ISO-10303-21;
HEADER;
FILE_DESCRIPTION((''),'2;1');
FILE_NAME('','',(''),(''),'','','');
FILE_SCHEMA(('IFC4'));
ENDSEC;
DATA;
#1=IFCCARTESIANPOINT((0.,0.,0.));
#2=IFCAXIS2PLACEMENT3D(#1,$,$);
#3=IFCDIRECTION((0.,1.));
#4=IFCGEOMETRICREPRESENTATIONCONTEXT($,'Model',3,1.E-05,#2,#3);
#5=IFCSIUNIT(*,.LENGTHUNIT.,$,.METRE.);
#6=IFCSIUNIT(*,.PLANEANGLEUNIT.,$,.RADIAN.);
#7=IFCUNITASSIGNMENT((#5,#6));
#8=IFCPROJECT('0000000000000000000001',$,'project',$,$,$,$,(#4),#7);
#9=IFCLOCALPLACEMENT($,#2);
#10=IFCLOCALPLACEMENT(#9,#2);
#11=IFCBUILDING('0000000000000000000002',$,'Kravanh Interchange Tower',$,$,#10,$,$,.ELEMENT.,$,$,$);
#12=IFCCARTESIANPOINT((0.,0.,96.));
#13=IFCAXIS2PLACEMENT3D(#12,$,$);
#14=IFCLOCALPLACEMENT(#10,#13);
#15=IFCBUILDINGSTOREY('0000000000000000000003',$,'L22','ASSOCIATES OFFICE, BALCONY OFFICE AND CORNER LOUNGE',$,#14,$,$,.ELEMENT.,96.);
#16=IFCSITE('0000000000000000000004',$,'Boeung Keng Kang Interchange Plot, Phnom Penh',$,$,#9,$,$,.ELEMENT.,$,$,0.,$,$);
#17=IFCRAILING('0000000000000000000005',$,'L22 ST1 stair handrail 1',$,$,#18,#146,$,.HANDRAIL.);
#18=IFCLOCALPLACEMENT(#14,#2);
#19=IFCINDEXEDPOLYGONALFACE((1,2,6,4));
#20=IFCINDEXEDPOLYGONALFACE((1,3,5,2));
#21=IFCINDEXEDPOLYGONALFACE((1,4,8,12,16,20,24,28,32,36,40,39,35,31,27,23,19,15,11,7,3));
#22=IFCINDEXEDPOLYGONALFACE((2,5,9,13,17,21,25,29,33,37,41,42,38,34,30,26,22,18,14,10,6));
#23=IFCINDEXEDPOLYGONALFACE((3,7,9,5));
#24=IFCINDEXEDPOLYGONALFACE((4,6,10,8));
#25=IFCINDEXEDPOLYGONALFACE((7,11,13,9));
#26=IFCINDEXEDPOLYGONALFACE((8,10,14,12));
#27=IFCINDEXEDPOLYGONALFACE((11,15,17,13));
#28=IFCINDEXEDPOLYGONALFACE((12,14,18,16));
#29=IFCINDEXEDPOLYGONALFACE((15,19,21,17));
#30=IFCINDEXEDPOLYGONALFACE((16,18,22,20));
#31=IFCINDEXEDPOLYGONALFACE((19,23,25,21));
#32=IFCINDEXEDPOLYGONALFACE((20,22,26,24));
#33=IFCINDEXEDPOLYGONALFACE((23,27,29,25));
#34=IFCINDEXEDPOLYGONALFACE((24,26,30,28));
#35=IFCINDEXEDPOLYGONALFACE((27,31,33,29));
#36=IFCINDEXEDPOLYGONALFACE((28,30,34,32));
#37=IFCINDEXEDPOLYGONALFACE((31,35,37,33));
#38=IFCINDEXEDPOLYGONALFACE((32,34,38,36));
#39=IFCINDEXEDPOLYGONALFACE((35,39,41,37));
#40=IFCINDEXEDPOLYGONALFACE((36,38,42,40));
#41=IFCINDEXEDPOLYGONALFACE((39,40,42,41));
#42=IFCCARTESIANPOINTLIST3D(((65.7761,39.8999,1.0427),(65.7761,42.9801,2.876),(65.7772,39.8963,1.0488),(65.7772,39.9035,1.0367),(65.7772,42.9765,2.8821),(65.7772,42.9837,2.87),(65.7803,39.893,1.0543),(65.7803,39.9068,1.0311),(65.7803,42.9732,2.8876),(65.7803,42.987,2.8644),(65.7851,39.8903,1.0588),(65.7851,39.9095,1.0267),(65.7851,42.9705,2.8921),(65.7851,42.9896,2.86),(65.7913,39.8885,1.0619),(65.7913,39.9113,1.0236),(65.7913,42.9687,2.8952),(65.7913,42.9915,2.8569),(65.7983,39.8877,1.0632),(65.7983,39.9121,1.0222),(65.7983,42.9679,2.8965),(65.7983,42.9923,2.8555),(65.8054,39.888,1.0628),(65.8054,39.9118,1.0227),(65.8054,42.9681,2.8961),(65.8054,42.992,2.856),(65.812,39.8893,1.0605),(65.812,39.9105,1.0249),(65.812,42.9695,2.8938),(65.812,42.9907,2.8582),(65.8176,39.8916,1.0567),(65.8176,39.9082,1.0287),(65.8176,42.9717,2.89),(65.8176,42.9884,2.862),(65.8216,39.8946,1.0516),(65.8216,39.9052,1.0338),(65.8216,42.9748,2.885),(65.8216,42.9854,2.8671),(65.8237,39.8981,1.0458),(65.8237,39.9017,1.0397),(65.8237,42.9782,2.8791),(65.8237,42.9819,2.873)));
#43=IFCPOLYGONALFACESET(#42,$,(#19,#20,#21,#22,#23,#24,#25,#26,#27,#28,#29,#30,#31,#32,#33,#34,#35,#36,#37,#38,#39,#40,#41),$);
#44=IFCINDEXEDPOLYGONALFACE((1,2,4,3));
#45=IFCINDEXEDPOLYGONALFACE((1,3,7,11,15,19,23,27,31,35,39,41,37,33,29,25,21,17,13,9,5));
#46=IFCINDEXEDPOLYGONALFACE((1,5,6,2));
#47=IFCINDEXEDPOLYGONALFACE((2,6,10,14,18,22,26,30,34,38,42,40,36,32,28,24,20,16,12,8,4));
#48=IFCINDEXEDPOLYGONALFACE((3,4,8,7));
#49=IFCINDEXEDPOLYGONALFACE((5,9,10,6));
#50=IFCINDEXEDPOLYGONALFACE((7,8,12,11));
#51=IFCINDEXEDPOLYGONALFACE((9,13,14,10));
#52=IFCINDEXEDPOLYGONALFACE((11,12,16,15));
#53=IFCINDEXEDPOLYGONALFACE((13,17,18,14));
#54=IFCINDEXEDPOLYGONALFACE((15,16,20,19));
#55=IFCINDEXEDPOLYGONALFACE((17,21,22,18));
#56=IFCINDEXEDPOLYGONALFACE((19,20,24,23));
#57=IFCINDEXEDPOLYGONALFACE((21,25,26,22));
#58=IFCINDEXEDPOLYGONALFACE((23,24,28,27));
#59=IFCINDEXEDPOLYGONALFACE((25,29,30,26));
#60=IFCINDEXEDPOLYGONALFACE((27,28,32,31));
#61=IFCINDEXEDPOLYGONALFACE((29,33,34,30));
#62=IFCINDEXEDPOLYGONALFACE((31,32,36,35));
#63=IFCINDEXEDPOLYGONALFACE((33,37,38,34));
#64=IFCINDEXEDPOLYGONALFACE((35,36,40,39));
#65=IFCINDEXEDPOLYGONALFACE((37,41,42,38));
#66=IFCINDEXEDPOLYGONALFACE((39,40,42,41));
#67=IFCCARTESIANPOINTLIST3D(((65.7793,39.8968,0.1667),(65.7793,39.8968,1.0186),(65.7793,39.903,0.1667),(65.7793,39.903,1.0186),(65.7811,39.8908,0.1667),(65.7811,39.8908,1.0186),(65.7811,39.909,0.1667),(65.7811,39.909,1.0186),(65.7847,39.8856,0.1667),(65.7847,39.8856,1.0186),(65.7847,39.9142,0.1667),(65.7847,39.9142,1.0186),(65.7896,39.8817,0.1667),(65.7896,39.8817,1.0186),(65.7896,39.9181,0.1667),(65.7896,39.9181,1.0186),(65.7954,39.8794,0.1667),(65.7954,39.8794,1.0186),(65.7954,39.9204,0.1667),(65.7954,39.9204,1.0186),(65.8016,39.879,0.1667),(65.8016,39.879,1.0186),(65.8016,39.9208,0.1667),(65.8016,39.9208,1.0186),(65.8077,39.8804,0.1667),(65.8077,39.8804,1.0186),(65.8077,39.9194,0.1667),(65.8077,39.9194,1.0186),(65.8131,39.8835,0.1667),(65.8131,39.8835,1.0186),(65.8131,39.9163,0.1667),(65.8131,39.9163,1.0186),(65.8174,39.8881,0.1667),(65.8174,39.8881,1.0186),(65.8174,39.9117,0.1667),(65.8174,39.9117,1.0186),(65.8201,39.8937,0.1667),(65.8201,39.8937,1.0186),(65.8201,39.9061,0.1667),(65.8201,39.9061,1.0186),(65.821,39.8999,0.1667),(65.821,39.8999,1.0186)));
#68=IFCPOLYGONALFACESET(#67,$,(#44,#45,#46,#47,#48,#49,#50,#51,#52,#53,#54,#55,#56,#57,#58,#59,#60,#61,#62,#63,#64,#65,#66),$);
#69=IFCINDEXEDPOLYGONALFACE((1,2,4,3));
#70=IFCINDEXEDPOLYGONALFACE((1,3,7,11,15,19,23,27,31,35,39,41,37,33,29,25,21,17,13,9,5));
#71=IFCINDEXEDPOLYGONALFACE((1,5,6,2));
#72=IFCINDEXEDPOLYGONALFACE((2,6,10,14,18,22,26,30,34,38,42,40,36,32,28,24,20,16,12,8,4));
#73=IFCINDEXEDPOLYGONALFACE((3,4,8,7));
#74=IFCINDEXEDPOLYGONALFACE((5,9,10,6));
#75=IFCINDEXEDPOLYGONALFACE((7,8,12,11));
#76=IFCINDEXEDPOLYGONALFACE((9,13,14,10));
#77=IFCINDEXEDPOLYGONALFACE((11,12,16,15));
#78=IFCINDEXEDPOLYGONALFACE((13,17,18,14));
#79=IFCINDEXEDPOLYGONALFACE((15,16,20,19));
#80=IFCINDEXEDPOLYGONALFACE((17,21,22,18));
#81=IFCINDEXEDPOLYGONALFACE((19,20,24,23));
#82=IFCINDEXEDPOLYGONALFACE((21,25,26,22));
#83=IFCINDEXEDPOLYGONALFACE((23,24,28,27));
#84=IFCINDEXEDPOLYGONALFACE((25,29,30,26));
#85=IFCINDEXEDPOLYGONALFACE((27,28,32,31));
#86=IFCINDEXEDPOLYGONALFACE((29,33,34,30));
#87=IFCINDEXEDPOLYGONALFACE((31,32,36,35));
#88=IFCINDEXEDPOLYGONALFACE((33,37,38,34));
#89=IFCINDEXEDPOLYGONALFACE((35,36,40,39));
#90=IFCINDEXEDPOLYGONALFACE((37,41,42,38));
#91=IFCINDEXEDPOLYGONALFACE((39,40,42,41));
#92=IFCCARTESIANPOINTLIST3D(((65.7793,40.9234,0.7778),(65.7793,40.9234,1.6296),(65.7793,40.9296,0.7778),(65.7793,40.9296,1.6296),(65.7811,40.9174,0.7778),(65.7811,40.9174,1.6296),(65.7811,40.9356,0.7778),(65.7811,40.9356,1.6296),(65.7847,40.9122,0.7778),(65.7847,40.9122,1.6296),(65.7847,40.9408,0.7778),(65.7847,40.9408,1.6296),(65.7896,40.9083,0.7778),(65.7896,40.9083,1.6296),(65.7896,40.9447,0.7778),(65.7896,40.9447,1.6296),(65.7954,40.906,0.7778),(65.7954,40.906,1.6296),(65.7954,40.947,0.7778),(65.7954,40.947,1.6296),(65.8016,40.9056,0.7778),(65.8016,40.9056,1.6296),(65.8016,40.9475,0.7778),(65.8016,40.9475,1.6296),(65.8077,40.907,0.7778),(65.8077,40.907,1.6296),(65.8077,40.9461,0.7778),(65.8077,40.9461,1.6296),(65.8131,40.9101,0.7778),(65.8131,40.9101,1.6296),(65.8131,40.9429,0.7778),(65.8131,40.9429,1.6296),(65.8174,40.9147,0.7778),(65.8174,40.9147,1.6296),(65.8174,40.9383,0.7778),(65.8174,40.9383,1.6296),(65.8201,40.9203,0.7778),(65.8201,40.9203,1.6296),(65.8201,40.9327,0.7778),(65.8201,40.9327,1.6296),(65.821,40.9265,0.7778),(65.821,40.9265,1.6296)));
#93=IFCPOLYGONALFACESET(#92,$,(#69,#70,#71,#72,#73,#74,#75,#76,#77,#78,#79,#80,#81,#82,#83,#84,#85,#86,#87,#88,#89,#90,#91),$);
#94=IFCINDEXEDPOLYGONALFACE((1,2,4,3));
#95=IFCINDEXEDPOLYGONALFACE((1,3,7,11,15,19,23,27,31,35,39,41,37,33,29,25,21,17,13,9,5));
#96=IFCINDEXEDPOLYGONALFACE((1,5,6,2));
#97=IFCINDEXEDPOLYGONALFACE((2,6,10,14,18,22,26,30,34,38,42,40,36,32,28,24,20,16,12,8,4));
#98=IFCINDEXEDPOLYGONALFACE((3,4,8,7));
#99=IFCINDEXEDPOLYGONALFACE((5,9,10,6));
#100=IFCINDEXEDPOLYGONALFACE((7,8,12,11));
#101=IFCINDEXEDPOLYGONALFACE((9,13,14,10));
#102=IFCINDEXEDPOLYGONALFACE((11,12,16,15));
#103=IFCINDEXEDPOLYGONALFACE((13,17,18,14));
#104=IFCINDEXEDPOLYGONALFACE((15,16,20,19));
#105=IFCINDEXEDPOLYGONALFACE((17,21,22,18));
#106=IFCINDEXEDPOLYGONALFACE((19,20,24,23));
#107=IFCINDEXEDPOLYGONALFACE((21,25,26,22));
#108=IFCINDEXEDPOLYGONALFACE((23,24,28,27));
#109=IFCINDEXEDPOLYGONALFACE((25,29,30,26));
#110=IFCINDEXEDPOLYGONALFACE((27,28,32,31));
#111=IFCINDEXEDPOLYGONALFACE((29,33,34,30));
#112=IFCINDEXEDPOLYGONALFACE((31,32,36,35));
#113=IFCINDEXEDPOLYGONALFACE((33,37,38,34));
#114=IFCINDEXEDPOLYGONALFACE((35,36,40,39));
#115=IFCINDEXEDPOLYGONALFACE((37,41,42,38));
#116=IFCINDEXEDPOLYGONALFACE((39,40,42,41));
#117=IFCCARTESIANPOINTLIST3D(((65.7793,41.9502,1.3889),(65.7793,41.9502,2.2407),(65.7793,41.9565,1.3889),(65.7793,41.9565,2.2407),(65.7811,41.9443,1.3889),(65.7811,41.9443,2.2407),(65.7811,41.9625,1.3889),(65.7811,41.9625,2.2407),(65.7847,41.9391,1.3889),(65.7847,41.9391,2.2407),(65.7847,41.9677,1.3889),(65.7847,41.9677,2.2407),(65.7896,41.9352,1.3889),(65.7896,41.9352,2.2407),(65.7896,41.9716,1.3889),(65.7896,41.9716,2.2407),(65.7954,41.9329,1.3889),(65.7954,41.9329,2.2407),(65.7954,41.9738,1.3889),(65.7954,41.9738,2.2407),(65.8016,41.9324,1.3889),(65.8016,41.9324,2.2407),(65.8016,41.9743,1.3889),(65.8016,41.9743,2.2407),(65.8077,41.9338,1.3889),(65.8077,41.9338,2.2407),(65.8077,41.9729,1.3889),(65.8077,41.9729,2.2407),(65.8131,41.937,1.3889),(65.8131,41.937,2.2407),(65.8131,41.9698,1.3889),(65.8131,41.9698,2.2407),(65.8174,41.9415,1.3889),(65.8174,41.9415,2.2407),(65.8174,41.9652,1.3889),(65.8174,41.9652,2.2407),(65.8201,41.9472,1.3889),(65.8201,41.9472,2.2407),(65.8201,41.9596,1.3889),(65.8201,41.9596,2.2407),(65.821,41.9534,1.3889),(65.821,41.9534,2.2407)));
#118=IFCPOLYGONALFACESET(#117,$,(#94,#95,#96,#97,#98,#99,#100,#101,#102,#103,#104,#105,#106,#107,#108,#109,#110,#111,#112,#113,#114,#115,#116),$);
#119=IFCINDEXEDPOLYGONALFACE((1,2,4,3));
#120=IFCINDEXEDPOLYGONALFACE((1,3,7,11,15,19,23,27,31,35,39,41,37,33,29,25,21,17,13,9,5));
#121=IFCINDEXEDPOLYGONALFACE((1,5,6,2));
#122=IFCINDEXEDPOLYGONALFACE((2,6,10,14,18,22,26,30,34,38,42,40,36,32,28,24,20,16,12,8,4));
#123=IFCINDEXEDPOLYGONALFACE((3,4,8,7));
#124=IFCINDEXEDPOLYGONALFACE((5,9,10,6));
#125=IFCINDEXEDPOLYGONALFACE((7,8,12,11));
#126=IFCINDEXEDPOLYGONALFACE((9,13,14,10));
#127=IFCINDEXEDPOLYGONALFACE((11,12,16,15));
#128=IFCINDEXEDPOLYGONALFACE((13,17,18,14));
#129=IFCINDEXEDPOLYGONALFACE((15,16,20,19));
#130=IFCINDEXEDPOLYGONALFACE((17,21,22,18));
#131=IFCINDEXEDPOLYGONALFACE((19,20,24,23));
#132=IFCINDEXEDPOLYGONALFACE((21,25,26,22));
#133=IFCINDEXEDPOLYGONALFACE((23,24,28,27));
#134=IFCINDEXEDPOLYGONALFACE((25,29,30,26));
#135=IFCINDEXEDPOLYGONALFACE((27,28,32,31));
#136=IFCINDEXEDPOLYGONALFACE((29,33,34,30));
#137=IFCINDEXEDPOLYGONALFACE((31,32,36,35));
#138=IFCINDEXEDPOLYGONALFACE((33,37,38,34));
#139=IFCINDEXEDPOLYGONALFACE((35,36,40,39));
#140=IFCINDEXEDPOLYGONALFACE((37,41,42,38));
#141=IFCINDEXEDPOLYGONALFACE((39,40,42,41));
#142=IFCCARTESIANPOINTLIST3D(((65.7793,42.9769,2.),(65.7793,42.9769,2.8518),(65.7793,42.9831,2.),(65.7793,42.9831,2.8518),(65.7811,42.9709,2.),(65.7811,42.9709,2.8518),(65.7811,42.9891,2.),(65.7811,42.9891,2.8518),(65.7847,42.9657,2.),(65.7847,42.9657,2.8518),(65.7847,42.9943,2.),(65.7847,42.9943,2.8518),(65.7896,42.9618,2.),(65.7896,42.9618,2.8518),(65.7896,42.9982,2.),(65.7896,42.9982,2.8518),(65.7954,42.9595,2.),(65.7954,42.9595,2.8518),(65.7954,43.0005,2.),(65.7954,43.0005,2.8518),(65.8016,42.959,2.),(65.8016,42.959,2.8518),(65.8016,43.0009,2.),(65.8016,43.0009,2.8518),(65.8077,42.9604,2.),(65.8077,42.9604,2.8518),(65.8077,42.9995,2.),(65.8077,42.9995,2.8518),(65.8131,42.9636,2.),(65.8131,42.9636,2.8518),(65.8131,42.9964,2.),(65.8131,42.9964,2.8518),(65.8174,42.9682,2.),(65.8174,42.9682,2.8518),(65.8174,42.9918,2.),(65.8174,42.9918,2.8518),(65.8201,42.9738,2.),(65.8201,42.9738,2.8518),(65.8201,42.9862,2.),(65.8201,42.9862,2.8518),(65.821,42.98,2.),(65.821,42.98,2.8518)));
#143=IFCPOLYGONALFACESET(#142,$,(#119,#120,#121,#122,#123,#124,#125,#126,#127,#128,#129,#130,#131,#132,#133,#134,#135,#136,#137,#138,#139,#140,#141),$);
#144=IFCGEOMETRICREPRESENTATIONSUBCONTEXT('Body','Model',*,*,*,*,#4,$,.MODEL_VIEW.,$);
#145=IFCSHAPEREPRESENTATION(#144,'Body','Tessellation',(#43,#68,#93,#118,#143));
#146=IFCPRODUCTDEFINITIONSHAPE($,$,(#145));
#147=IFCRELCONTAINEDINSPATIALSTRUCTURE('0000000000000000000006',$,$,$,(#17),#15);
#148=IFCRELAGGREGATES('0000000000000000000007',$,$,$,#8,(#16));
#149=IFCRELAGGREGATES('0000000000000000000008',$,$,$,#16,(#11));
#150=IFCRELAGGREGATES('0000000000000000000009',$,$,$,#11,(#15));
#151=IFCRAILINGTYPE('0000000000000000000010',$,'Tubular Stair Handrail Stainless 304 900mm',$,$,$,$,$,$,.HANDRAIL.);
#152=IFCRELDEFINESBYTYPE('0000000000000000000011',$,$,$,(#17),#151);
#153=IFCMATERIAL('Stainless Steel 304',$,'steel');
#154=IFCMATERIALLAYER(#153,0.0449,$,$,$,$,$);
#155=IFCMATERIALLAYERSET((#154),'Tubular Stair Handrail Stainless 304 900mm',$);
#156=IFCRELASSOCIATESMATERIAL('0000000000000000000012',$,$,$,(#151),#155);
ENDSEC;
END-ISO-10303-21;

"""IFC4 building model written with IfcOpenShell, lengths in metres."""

from ifc_helpers import new_model, si_unit, direction, frame, origin, origin_2d, place, context, subcontext, project, spatial, circle, extrude, material, layer, layer_set, type_object, element, save


model = new_model("IFC4")

# Units and contexts
model_context = context("Model", 3, precision=1e-05, world=origin(), true_north=direction((0.0, 1.0)))
body_context = subcontext(model_context, "Body", "Model", "MODEL_VIEW")
ifc_project = project(units=[si_unit("LENGTHUNIT", "METRE"), si_unit("PLANEANGLEUNIT", "RADIAN")], contexts=[model_context])

# Site, building, storey
site_placement = place(None, origin())
site = spatial("IfcSite", under=ifc_project, at=site_placement, Name="Boeung Keng Kang Interchange Plot, Phnom Penh", CompositionType="ELEMENT", RefElevation=0.0)
building_placement = place(site_placement, origin())
building = spatial("IfcBuilding", under=site, at=building_placement, Name="Kravanh Interchange Tower", CompositionType="ELEMENT")
storey_placement = place(building_placement, frame((0.0, 0.0, 96.0)))
storey = spatial("IfcBuildingStorey", under=building, at=storey_placement, Name="L22", Description="ASSOCIATES OFFICE, BALCONY OFFICE AND CORNER LOUNGE", CompositionType="ELEMENT", Elevation=96.0)

# Railing
ifc_material_1 = material(Name="Stainless Steel 304", Category="steel")
ifc_layer_1 = layer(ifc_material_1, 0.0449)
ifc_layer_set_1 = layer_set([ifc_layer_1], Name="Tubular Stair Handrail Stainless 304 900mm")
railing_type_1 = type_object("IfcRailingType", Name="Tubular Stair Handrail Stainless 304 900mm", PredefinedType="HANDRAIL", material=ifc_layer_set_1)
railing_1_placement = place(storey_placement, frame((65.8, 39.8999, 0.1667)))
element("IfcRailing", 1, at=railing_1_placement, inside=storey, type_object=railing_type_1, Name="L22 ST1 stair handrail 1", PredefinedType="HANDRAIL", context=body_context, shape_type="SweptSolid", body=[
    extrude(circle(Radius=0.0239, at=origin_2d()), frame((0.0, 0.0, 0.876), z_axis=(0.0, 0.859309, 0.511458), x_axis=(-1.0, 0.0, 0.0)), (0.0, 0.0, 1.0), 3.5845),
    extrude(circle(Radius=0.021, at=origin_2d()), origin(), (0.0, 0.0, 1.0), 0.8518),
    extrude(circle(Radius=0.021, at=origin_2d()), frame((0.0, 1.0266, 0.6111)), (0.0, 0.0, 1.0), 0.8518),
    extrude(circle(Radius=0.021, at=origin_2d()), frame((0.0, 2.0535, 1.2222)), (0.0, 0.0, 1.0), 0.8518),
    extrude(circle(Radius=0.021, at=origin_2d()), frame((0.0, 3.0801, 1.8333)), (0.0, 0.0, 1.0), 0.8518),
])

save(model, "model.ifc")
